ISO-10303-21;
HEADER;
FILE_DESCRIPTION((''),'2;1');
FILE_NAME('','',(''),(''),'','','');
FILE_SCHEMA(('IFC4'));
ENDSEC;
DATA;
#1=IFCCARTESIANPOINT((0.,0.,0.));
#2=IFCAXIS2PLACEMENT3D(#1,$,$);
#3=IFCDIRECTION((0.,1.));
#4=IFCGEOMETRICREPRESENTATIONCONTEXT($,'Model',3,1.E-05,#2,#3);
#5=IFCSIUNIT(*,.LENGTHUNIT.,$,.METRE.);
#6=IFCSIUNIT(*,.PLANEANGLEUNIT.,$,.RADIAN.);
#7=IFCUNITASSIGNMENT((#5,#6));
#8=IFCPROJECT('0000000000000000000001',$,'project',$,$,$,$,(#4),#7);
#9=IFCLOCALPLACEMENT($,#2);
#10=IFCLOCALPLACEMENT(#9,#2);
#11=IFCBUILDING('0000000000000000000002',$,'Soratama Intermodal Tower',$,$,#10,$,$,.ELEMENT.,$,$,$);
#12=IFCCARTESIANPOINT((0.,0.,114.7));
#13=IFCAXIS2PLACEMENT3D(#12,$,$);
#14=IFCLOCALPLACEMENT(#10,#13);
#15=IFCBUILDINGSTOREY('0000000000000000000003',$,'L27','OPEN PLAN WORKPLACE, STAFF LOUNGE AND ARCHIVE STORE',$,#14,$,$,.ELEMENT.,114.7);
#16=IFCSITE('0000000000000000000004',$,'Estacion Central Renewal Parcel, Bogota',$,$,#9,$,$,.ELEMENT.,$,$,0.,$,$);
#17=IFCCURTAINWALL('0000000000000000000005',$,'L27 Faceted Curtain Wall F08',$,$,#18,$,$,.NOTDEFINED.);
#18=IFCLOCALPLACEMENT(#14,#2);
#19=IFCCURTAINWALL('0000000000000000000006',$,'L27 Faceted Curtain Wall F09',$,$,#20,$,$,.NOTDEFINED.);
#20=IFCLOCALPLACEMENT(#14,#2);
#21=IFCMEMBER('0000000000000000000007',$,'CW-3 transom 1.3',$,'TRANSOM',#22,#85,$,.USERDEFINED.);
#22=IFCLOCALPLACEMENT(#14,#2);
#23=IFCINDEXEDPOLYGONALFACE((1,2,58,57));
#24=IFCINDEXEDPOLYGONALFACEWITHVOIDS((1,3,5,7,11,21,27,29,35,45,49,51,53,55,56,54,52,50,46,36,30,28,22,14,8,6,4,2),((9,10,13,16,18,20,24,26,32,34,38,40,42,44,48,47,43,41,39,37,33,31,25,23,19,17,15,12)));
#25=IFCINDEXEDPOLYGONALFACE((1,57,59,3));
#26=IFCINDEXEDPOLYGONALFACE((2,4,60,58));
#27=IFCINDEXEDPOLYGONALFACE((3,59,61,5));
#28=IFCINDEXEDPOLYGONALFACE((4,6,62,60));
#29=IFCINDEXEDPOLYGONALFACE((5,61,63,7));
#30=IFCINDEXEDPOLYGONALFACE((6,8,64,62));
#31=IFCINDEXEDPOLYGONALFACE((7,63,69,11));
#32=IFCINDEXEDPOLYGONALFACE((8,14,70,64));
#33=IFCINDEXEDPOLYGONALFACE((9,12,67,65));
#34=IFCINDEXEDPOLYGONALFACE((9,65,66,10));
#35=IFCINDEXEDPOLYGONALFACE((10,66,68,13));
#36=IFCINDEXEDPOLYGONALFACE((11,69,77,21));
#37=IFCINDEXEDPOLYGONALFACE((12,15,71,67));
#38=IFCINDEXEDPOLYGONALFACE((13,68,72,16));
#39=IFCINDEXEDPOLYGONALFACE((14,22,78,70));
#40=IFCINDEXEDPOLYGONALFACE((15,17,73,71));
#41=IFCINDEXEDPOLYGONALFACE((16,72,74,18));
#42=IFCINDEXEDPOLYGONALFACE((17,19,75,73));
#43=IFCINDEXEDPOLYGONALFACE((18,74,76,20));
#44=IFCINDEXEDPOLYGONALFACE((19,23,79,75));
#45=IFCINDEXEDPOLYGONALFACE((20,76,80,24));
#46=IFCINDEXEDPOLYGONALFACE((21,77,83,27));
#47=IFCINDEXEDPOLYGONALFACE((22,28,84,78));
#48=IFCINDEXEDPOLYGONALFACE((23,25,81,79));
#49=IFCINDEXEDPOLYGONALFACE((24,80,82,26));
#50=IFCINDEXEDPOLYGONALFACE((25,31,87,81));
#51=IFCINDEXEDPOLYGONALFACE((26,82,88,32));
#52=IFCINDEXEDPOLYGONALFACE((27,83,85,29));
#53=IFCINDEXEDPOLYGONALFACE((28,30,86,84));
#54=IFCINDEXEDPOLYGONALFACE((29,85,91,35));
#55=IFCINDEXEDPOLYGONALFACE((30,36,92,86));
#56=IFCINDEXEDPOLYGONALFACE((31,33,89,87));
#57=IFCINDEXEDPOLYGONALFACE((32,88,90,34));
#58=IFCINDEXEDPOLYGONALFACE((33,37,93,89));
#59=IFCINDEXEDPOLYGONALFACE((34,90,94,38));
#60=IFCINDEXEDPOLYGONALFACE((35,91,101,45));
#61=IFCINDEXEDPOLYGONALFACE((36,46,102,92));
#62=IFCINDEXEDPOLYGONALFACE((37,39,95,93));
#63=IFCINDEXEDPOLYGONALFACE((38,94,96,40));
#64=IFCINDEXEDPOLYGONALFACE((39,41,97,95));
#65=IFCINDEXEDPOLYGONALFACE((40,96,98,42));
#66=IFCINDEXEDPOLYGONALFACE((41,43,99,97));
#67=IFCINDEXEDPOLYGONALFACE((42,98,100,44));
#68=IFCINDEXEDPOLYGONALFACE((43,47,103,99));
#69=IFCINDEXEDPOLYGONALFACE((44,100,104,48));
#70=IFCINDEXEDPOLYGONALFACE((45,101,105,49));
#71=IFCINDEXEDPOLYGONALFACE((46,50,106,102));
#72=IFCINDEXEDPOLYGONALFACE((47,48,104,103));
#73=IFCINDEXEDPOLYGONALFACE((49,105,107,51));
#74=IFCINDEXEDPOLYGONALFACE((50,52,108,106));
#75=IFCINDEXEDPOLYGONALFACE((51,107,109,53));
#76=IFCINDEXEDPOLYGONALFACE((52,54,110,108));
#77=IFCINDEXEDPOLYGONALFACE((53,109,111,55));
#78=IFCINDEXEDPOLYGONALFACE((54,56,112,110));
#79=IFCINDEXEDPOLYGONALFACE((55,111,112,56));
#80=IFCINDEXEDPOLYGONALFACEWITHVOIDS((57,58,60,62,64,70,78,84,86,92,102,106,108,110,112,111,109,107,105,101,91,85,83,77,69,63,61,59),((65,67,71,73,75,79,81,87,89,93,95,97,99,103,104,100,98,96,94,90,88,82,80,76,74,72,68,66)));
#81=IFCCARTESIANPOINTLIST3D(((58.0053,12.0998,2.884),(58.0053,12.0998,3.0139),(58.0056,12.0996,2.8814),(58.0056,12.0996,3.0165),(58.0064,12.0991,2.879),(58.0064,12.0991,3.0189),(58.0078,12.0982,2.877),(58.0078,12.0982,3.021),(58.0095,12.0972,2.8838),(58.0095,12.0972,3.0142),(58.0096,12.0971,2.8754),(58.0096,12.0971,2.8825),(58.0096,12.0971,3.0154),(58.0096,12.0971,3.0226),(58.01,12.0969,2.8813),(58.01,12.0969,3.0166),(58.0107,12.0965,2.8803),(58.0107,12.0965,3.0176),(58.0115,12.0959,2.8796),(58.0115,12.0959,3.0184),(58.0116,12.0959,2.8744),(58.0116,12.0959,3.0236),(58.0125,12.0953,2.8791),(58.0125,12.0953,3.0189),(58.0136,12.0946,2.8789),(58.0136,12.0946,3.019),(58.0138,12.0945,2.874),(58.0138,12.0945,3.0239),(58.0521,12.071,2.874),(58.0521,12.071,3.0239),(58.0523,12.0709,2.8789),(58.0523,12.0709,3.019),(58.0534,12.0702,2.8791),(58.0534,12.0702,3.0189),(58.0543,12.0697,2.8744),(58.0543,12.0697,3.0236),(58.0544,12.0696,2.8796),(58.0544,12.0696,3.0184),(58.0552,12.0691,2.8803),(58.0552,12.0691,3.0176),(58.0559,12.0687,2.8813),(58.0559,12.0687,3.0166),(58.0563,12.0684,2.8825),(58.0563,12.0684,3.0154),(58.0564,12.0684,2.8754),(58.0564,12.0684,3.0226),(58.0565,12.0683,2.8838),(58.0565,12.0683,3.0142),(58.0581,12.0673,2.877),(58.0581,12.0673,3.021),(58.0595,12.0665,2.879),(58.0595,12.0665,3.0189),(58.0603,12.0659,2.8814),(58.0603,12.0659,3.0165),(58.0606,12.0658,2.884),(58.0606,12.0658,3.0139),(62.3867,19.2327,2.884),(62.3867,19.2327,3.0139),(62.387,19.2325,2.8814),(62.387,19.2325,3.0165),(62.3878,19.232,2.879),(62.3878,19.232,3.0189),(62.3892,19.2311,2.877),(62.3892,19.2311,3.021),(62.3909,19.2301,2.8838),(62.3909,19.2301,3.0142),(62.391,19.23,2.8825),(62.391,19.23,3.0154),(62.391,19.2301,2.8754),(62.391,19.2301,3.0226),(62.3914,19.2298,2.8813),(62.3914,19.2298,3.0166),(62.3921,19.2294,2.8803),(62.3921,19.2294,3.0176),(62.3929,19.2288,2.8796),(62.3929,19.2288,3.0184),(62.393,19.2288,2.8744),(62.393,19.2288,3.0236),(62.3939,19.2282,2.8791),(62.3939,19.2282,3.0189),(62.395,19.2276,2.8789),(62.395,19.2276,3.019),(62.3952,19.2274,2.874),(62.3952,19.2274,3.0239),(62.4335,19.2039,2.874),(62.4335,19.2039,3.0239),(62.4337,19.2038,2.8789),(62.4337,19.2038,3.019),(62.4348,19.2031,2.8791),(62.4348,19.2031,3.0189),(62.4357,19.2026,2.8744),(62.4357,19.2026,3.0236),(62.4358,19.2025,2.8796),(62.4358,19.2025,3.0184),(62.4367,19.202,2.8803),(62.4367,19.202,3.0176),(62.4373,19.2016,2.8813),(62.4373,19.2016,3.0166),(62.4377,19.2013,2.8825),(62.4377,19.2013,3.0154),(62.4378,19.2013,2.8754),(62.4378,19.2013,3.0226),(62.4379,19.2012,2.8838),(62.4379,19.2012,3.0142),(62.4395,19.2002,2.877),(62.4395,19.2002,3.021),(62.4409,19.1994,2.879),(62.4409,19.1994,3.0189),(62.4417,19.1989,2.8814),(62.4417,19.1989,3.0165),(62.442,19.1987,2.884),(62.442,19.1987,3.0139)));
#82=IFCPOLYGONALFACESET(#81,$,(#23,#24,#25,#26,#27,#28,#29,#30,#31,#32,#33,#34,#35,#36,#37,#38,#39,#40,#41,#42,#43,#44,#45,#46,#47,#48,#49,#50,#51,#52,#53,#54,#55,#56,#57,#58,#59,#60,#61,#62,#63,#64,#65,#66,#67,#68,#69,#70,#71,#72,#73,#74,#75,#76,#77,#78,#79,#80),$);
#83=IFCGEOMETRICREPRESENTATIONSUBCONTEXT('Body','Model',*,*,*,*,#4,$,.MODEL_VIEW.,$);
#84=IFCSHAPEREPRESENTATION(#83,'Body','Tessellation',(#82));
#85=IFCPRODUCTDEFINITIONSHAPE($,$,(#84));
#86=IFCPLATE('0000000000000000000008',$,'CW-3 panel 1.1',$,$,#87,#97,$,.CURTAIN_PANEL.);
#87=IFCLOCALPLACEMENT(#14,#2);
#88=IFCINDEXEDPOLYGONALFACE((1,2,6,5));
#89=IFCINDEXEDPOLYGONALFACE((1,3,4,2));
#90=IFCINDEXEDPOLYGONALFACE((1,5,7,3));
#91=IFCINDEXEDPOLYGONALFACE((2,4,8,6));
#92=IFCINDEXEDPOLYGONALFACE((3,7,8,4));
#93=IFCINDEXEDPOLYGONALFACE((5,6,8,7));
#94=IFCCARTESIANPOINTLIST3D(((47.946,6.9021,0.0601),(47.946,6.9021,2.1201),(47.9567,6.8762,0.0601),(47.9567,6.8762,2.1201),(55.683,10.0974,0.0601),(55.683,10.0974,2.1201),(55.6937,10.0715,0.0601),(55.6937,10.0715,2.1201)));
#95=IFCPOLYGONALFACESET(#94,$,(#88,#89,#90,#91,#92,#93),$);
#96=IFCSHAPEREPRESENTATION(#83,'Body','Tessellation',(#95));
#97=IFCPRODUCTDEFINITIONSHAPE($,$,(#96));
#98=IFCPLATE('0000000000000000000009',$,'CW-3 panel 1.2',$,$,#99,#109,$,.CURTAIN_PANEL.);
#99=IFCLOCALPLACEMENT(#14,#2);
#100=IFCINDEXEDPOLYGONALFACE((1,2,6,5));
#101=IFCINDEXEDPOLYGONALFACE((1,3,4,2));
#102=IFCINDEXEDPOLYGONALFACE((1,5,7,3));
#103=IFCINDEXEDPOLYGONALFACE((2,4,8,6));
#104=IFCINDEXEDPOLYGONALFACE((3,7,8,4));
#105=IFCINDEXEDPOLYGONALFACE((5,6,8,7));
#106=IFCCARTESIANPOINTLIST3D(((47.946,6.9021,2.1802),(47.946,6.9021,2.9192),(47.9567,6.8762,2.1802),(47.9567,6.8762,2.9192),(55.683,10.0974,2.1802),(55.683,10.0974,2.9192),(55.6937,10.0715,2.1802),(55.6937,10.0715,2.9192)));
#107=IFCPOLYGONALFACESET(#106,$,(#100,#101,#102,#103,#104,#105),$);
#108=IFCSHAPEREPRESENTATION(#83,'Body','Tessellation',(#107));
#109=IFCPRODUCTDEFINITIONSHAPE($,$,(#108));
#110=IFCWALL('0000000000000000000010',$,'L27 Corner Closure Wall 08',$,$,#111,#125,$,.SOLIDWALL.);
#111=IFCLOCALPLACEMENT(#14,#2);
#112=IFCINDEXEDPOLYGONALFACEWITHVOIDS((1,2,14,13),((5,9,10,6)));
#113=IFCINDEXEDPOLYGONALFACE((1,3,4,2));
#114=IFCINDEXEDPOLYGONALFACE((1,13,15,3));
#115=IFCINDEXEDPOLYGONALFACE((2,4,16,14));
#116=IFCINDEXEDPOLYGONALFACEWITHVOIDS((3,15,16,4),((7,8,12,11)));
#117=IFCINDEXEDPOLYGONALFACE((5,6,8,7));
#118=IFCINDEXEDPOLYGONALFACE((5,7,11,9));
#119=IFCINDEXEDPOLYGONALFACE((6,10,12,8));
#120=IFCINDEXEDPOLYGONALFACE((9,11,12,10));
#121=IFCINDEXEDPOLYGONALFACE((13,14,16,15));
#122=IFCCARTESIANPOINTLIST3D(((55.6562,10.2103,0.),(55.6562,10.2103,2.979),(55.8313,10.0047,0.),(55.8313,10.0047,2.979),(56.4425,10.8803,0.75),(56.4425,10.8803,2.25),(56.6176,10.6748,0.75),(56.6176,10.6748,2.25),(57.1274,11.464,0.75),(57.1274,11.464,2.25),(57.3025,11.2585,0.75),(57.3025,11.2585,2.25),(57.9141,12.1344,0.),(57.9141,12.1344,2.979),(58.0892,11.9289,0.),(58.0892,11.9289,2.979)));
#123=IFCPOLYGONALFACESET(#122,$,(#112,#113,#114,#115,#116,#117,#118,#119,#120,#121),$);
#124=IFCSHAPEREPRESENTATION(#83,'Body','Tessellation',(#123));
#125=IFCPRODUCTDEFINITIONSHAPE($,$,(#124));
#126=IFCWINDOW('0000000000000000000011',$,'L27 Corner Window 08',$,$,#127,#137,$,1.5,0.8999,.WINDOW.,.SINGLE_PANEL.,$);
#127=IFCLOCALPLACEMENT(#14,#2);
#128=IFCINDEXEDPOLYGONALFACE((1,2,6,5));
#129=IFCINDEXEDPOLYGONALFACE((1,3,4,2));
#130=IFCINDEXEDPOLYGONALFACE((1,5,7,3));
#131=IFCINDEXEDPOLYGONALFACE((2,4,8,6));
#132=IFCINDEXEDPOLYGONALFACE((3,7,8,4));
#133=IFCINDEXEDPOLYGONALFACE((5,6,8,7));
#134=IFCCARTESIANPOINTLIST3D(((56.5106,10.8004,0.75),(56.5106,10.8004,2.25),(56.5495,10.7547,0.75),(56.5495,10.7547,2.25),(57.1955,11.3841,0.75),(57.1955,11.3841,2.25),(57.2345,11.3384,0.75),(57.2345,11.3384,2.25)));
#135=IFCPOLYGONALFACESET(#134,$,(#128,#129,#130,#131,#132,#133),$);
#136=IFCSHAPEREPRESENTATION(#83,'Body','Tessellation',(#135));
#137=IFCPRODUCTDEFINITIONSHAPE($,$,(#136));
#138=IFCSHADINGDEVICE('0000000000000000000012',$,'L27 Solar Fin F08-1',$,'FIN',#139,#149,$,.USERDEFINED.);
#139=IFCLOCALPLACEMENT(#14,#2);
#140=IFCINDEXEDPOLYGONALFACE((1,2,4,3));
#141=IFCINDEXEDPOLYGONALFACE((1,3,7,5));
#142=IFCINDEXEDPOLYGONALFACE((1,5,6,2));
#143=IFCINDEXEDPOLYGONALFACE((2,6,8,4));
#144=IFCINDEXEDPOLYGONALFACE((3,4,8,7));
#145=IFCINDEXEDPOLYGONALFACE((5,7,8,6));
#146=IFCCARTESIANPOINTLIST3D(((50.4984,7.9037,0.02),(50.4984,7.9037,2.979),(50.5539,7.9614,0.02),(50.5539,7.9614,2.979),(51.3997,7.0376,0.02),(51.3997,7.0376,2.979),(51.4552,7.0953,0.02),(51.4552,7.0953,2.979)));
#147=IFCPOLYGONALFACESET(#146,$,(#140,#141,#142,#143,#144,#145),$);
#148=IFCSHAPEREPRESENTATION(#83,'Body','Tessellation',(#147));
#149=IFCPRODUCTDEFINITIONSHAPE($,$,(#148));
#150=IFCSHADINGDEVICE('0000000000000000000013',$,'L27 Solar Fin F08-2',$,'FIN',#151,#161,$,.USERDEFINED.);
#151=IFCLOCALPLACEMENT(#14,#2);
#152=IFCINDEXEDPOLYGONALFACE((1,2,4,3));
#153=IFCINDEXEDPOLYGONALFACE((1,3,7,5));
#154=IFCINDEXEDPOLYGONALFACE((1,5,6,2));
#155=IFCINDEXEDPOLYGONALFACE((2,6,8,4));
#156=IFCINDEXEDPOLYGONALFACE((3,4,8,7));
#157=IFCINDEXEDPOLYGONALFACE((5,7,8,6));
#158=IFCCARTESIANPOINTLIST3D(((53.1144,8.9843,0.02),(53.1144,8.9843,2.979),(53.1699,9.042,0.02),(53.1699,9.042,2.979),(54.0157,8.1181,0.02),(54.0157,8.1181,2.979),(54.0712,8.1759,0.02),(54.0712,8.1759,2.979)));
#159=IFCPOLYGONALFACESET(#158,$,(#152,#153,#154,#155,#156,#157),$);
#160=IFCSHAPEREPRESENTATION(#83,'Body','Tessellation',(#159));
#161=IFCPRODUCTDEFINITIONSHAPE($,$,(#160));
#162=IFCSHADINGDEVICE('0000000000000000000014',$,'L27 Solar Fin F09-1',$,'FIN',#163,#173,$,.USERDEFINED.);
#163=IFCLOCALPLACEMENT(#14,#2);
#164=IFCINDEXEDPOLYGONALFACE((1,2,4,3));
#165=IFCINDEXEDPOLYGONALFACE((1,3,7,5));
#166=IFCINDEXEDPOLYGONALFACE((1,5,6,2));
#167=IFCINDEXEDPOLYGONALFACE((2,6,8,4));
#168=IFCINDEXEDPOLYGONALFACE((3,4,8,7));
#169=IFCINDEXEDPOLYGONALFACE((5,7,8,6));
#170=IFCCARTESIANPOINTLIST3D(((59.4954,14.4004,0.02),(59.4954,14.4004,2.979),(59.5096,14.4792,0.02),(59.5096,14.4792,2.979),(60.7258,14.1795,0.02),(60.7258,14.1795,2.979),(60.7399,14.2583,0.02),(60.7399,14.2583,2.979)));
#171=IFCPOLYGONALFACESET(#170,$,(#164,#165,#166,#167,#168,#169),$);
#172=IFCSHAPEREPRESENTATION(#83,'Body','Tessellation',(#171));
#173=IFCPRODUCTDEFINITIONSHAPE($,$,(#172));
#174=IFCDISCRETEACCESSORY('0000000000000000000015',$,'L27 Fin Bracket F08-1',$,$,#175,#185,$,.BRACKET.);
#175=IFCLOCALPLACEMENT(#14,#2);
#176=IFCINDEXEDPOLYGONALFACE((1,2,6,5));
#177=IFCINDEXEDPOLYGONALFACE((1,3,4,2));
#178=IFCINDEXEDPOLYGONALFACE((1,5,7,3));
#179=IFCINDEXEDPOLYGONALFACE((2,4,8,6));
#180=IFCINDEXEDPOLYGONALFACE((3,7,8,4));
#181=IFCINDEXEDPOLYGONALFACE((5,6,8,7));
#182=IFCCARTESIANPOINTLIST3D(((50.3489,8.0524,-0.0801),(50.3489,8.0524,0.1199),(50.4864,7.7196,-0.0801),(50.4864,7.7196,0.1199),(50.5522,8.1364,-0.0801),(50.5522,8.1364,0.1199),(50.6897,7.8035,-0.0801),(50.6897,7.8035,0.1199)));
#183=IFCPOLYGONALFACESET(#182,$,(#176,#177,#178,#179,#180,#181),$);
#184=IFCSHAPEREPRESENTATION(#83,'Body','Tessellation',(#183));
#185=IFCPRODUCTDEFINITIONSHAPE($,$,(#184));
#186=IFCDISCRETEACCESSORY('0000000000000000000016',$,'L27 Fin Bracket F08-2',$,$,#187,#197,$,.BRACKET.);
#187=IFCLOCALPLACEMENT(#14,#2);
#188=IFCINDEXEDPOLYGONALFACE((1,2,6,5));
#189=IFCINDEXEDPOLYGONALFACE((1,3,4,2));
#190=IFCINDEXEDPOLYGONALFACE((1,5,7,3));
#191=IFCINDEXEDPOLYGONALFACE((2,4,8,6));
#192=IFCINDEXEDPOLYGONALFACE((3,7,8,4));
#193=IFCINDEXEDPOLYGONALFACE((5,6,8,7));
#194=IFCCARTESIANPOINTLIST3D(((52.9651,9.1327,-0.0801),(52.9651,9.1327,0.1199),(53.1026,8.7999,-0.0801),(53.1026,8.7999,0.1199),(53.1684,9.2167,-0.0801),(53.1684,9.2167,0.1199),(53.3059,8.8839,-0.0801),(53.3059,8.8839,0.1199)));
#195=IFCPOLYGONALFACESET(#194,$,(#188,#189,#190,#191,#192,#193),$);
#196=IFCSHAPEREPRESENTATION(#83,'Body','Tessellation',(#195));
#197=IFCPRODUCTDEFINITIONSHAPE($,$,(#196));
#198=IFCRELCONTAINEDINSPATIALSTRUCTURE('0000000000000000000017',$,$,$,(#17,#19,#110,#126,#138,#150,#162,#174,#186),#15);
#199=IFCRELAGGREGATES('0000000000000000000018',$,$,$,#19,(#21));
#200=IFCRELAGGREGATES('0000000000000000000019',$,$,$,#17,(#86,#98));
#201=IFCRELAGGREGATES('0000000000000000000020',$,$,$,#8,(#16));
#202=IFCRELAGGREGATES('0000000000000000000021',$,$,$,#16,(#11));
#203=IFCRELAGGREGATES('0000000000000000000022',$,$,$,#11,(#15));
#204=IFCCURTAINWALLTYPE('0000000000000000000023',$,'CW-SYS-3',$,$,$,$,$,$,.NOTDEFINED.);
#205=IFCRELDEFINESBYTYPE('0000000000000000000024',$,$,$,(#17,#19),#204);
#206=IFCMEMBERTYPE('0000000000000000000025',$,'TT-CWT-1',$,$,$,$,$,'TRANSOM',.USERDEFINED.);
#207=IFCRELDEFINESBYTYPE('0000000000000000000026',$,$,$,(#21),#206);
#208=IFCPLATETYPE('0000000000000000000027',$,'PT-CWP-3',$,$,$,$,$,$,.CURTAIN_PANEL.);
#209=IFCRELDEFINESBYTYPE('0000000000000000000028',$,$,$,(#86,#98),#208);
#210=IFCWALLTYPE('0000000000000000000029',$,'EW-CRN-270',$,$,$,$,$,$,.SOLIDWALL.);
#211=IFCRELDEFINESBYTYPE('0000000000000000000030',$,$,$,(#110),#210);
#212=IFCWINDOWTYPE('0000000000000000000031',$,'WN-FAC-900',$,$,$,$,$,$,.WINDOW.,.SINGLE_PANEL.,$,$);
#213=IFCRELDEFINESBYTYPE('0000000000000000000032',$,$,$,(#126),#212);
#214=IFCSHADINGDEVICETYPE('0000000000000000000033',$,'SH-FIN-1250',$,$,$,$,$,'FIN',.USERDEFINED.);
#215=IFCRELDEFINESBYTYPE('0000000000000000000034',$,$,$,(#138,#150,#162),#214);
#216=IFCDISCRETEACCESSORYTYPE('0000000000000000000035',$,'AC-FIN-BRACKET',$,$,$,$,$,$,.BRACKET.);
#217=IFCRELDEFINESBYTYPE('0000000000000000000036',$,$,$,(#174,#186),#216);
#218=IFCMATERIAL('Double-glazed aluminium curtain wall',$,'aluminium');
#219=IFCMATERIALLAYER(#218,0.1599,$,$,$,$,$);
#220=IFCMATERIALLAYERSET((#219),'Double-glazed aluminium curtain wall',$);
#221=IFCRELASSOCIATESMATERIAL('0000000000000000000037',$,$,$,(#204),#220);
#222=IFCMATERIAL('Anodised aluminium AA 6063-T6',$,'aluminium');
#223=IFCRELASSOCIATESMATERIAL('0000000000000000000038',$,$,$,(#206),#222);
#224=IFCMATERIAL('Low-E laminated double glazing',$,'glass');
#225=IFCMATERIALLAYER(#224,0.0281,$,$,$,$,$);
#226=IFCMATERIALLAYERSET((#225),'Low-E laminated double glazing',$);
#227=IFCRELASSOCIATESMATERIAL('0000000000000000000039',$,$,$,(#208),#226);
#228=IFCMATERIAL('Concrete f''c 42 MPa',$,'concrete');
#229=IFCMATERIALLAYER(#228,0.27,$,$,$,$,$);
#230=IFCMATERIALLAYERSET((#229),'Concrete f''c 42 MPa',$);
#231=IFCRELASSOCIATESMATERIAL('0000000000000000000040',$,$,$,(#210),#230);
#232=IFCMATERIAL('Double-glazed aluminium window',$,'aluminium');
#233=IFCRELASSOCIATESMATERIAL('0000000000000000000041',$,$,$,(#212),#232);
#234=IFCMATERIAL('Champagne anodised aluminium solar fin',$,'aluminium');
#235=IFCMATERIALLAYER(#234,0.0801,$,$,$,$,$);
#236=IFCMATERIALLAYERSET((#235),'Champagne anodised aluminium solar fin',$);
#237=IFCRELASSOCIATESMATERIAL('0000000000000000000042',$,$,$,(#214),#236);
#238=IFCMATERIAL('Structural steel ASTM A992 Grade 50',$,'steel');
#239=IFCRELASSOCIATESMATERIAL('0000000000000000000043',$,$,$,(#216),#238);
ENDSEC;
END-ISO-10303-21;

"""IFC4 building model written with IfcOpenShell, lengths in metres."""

from ifc_helpers import new_model, si_unit, direction, frame, frame_2d, origin, origin_2d, place, context, subcontext, project, spatial, rectangle, hollow_rectangle, extrude, material, layer, layer_set, material_profile, profile_set, type_object, element, fill, aggregate, save


model = new_model("IFC4")

# Units and contexts
model_context = context("Model", 3, precision=1e-05, world=origin(), true_north=direction((0.0, 1.0)))
body_context = subcontext(model_context, "Body", "Model", "MODEL_VIEW")
ifc_project = project(units=[si_unit("LENGTHUNIT", "METRE"), si_unit("PLANEANGLEUNIT", "RADIAN")], contexts=[model_context])

# Site, building, storey
site_placement = place(None, origin())
site = spatial("IfcSite", under=ifc_project, at=site_placement, Name="Estacion Central Renewal Parcel, Bogota", CompositionType="ELEMENT", RefElevation=0.0)
building_placement = place(site_placement, origin())
building = spatial("IfcBuilding", under=site, at=building_placement, Name="Soratama Intermodal Tower", CompositionType="ELEMENT")
storey_placement = place(building_placement, frame((0.0, 0.0, 114.7)))
storey = spatial("IfcBuildingStorey", under=building, at=storey_placement, Name="L27", Description="OPEN PLAN WORKPLACE, STAFF LOUNGE AND ARCHIVE STORE", CompositionType="ELEMENT", Elevation=114.7)

# Curtain wall
ifc_material_1 = material(Name="Double-glazed aluminium curtain wall", Category="aluminium")
ifc_layer_1 = layer(ifc_material_1, 0.1599)
ifc_layer_set_1 = layer_set([ifc_layer_1], Name="Double-glazed aluminium curtain wall")
curtain_wall_type = type_object("IfcCurtainWallType", Name="CW-SYS-3", PredefinedType="NOTDEFINED", material=ifc_layer_set_1)
curtain_wall_1_placement = place(storey_placement, origin())
curtain_wall_1 = element("IfcCurtainWall", 1, at=curtain_wall_1_placement, inside=storey, type_object=curtain_wall_type, Name="L27 Faceted Curtain Wall F08", PredefinedType="NOTDEFINED")

# Curtain wall, member
curtain_wall_2_placement = place(storey_placement, origin())
curtain_wall_2 = element("IfcCurtainWall", 2, at=curtain_wall_2_placement, inside=storey, type_object=curtain_wall_type, Name="L27 Faceted Curtain Wall F09", PredefinedType="NOTDEFINED")
ifc_material_2 = material(Name="Anodised aluminium AA 6063-T6", Category="aluminium")
ifc_material_profile_1 = material_profile(ifc_material_2, hollow_rectangle(XDim=0.0649, YDim=0.1499, WallThickness=0.0049, InnerFilletRadius=0.0049, OuterFilletRadius=0.01, at=origin_2d()), Name="CWT150X65X5")
ifc_profile_set_1 = profile_set([ifc_material_profile_1], Name="Anodised aluminium AA 6063-T6")
member_type_1 = type_object("IfcMemberType", Name="TT-CWT-1", ElementType="TRANSOM", PredefinedType="USERDEFINED", material=ifc_profile_set_1)
member_1_placement = place(storey_placement, frame((58.033, 12.0828, 2.949), z_axis=(0.523398, 0.852089, 0.0), x_axis=(-0.852089, 0.523398, 0.0)))
member_1 = element("IfcMember", 3, at=member_1_placement, type_object=member_type_1, Name="CW-3 transom 1.3", ObjectType="TRANSOM", PredefinedType="USERDEFINED", context=body_context, shape_type="SweptSolid", body=[
    extrude(hollow_rectangle(XDim=0.0649, YDim=0.1499, WallThickness=0.0049, InnerFilletRadius=0.0049, OuterFilletRadius=0.01, at=origin_2d()), origin(), (0.0, 0.0, 1.0), 8.3711),
])
aggregate(curtain_wall_2, [member_1])

# Plates
ifc_material_3 = material(Name="Low-E laminated double glazing", Category="glass")
ifc_layer_2 = layer(ifc_material_3, 0.0281)
ifc_layer_set_2 = layer_set([ifc_layer_2], Name="Low-E laminated double glazing")
plate_type = type_object("IfcPlateType", Name="PT-CWP-3", PredefinedType="CURTAIN_PANEL", material=ifc_layer_set_2)
plate_1_placement = place(storey_placement, frame((51.8198, 8.4868, 0.0601), z_axis=(0.0, 0.0, 1.0), x_axis=(0.924279, 0.381718, 0.0)))
plate_1 = element("IfcPlate", 4, at=plate_1_placement, type_object=plate_type, Name="CW-3 panel 1.1", PredefinedType="CURTAIN_PANEL", context=body_context, shape_type="SweptSolid", body=[
    extrude(rectangle(XDim=8.3708, YDim=0.0281, at=origin_2d()), origin(), (0.0, 0.0, 1.0), 2.0601),
])
plate_2_placement = place(storey_placement, frame((51.8198, 8.4868, 2.1802), z_axis=(0.0, 0.0, 1.0), x_axis=(0.924279, 0.381718, 0.0)))
plate_2 = element("IfcPlate", 5, at=plate_2_placement, type_object=plate_type, Name="CW-3 panel 1.2", PredefinedType="CURTAIN_PANEL", context=body_context, shape_type="SweptSolid", body=[
    extrude(rectangle(XDim=8.3708, YDim=0.0281, at=origin_2d()), origin(), (0.0, 0.0, 1.0), 0.739),
])
aggregate(curtain_wall_1, [plate_1, plate_2])

# Wall, opening, window
ifc_material_4 = material(Name="Concrete f'c 42 MPa", Category="concrete")
ifc_layer_3 = layer(ifc_material_4, 0.27)
ifc_layer_set_3 = layer_set([ifc_layer_3], Name="Concrete f'c 42 MPa")
wall_type = type_object("IfcWallType", Name="EW-CRN-270", PredefinedType="SOLIDWALL", material=ifc_layer_set_3)
wall_placement = place(storey_placement, frame((55.7437, 10.1074, 0.0), z_axis=(0.0, 0.0, 1.0), x_axis=(0.761118, 0.648613, 0.0)))
wall = element("IfcWall", 6, at=wall_placement, inside=storey, type_object=wall_type, Name="L27 Corner Closure Wall 08", PredefinedType="SOLIDWALL", context=body_context, shape_type="SweptSolid", body=[
    extrude(rectangle(XDim=2.9666, YDim=0.27, at=frame_2d((1.4834, 0.0))), origin(), (0.0, 0.0, 1.0), 2.979),
])
opening_placement = place(wall_placement, frame((1.0332, 0.0, 0.75)))
opening = element("IfcOpeningElement", 7, at=opening_placement, cuts=wall, PredefinedType="OPENING", context=body_context, shape_type="SweptSolid", body=[
    extrude(rectangle(XDim=0.8999, YDim=1.5, at=frame_2d((0.45, 0.75))), frame((0.0, 0.145, 0.0), z_axis=(0.0, -1.0, 0.0), x_axis=(1.0, 0.0, 0.0)), (0.0, 0.0, 1.0), 0.29),
])
ifc_material_5 = material(Name="Double-glazed aluminium window", Category="aluminium")
window_type = type_object("IfcWindowType", Name="WN-FAC-900", PartitioningType="SINGLE_PANEL", PredefinedType="WINDOW", material=ifc_material_5)
window_placement = place(opening_placement, origin())
window = element("IfcWindow", 8, at=window_placement, inside=storey, type_object=window_type, Name="L27 Corner Window 08", OverallHeight=1.5, OverallWidth=0.8999, PartitioningType="SINGLE_PANEL", PredefinedType="WINDOW", context=body_context, shape_type="SweptSolid", body=[
    extrude(rectangle(XDim=0.8999, YDim=1.5, at=frame_2d((0.45, 0.75))), frame((0.0, 0.03, 0.0), z_axis=(0.0, -1.0, 0.0), x_axis=(1.0, 0.0, 0.0)), (0.0, 0.0, 1.0), 0.0601),
])
fill(opening, window)

# Shading devices
ifc_material_6 = material(Name="Champagne anodised aluminium solar fin", Category="aluminium")
ifc_layer_4 = layer(ifc_material_6, 0.0801)
ifc_layer_set_4 = layer_set([ifc_layer_4], Name="Champagne anodised aluminium solar fin")
shading_device_type = type_object("IfcShadingDeviceType", Name="SH-FIN-1250", ElementType="FIN", PredefinedType="USERDEFINED", material=ifc_layer_set_4)
for number, where, z_axis, x_axis, name in (
    (9, (50.9768, 7.4995, 0.02), (0.0, 0.0, 1.0), (0.721035, -0.692899, 0.0), "L27 Solar Fin F08-1"),
    (10, (53.5928, 8.5801, 0.02), (0.0, 0.0, 1.0), (0.721035, -0.692899, 0.0), "L27 Solar Fin F08-2"),
    (11, (60.1177, 14.3293, 0.02), (0.0, 0.0, 1.0), (0.984257, -0.176741, 0.0), "L27 Solar Fin F09-1"),
):
    element("IfcShadingDevice", number, at=place(storey_placement, frame(where, z_axis=z_axis, x_axis=x_axis)), inside=storey, type_object=shading_device_type, Name=name, ObjectType="FIN", PredefinedType="USERDEFINED", context=body_context, shape_type="SweptSolid", body=[
        extrude(rectangle(XDim=1.25, YDim=0.0801, at=origin_2d()), origin(), (0.0, 0.0, 1.0), 2.959),
    ])

# Discrete accessories
ifc_material_7 = material(Name="Structural steel ASTM A992 Grade 50", Category="steel")
discrete_accessory_type = type_object("IfcDiscreteAccessoryType", Name="AC-FIN-BRACKET", PredefinedType="BRACKET", material=ifc_material_7)
for number, where, z_axis, x_axis, name in (
    (12, (50.5193, 7.928, -0.0801), (0.0, 0.0, 1.0), (0.381716, -0.92428, 0.0), "L27 Fin Bracket F08-1"),
    (13, (53.1355, 9.0083, -0.0801), (0.0, 0.0, 1.0), (0.381716, -0.92428, 0.0), "L27 Fin Bracket F08-2"),
):
    element("IfcDiscreteAccessory", number, at=place(storey_placement, frame(where, z_axis=z_axis, x_axis=x_axis)), inside=storey, type_object=discrete_accessory_type, Name=name, PredefinedType="BRACKET", context=body_context, shape_type="SweptSolid", body=[
        extrude(rectangle(XDim=0.3601, YDim=0.22, at=origin_2d()), origin(), (0.0, 0.0, 1.0), 0.2),
    ])

save(model, "model.ifc")
